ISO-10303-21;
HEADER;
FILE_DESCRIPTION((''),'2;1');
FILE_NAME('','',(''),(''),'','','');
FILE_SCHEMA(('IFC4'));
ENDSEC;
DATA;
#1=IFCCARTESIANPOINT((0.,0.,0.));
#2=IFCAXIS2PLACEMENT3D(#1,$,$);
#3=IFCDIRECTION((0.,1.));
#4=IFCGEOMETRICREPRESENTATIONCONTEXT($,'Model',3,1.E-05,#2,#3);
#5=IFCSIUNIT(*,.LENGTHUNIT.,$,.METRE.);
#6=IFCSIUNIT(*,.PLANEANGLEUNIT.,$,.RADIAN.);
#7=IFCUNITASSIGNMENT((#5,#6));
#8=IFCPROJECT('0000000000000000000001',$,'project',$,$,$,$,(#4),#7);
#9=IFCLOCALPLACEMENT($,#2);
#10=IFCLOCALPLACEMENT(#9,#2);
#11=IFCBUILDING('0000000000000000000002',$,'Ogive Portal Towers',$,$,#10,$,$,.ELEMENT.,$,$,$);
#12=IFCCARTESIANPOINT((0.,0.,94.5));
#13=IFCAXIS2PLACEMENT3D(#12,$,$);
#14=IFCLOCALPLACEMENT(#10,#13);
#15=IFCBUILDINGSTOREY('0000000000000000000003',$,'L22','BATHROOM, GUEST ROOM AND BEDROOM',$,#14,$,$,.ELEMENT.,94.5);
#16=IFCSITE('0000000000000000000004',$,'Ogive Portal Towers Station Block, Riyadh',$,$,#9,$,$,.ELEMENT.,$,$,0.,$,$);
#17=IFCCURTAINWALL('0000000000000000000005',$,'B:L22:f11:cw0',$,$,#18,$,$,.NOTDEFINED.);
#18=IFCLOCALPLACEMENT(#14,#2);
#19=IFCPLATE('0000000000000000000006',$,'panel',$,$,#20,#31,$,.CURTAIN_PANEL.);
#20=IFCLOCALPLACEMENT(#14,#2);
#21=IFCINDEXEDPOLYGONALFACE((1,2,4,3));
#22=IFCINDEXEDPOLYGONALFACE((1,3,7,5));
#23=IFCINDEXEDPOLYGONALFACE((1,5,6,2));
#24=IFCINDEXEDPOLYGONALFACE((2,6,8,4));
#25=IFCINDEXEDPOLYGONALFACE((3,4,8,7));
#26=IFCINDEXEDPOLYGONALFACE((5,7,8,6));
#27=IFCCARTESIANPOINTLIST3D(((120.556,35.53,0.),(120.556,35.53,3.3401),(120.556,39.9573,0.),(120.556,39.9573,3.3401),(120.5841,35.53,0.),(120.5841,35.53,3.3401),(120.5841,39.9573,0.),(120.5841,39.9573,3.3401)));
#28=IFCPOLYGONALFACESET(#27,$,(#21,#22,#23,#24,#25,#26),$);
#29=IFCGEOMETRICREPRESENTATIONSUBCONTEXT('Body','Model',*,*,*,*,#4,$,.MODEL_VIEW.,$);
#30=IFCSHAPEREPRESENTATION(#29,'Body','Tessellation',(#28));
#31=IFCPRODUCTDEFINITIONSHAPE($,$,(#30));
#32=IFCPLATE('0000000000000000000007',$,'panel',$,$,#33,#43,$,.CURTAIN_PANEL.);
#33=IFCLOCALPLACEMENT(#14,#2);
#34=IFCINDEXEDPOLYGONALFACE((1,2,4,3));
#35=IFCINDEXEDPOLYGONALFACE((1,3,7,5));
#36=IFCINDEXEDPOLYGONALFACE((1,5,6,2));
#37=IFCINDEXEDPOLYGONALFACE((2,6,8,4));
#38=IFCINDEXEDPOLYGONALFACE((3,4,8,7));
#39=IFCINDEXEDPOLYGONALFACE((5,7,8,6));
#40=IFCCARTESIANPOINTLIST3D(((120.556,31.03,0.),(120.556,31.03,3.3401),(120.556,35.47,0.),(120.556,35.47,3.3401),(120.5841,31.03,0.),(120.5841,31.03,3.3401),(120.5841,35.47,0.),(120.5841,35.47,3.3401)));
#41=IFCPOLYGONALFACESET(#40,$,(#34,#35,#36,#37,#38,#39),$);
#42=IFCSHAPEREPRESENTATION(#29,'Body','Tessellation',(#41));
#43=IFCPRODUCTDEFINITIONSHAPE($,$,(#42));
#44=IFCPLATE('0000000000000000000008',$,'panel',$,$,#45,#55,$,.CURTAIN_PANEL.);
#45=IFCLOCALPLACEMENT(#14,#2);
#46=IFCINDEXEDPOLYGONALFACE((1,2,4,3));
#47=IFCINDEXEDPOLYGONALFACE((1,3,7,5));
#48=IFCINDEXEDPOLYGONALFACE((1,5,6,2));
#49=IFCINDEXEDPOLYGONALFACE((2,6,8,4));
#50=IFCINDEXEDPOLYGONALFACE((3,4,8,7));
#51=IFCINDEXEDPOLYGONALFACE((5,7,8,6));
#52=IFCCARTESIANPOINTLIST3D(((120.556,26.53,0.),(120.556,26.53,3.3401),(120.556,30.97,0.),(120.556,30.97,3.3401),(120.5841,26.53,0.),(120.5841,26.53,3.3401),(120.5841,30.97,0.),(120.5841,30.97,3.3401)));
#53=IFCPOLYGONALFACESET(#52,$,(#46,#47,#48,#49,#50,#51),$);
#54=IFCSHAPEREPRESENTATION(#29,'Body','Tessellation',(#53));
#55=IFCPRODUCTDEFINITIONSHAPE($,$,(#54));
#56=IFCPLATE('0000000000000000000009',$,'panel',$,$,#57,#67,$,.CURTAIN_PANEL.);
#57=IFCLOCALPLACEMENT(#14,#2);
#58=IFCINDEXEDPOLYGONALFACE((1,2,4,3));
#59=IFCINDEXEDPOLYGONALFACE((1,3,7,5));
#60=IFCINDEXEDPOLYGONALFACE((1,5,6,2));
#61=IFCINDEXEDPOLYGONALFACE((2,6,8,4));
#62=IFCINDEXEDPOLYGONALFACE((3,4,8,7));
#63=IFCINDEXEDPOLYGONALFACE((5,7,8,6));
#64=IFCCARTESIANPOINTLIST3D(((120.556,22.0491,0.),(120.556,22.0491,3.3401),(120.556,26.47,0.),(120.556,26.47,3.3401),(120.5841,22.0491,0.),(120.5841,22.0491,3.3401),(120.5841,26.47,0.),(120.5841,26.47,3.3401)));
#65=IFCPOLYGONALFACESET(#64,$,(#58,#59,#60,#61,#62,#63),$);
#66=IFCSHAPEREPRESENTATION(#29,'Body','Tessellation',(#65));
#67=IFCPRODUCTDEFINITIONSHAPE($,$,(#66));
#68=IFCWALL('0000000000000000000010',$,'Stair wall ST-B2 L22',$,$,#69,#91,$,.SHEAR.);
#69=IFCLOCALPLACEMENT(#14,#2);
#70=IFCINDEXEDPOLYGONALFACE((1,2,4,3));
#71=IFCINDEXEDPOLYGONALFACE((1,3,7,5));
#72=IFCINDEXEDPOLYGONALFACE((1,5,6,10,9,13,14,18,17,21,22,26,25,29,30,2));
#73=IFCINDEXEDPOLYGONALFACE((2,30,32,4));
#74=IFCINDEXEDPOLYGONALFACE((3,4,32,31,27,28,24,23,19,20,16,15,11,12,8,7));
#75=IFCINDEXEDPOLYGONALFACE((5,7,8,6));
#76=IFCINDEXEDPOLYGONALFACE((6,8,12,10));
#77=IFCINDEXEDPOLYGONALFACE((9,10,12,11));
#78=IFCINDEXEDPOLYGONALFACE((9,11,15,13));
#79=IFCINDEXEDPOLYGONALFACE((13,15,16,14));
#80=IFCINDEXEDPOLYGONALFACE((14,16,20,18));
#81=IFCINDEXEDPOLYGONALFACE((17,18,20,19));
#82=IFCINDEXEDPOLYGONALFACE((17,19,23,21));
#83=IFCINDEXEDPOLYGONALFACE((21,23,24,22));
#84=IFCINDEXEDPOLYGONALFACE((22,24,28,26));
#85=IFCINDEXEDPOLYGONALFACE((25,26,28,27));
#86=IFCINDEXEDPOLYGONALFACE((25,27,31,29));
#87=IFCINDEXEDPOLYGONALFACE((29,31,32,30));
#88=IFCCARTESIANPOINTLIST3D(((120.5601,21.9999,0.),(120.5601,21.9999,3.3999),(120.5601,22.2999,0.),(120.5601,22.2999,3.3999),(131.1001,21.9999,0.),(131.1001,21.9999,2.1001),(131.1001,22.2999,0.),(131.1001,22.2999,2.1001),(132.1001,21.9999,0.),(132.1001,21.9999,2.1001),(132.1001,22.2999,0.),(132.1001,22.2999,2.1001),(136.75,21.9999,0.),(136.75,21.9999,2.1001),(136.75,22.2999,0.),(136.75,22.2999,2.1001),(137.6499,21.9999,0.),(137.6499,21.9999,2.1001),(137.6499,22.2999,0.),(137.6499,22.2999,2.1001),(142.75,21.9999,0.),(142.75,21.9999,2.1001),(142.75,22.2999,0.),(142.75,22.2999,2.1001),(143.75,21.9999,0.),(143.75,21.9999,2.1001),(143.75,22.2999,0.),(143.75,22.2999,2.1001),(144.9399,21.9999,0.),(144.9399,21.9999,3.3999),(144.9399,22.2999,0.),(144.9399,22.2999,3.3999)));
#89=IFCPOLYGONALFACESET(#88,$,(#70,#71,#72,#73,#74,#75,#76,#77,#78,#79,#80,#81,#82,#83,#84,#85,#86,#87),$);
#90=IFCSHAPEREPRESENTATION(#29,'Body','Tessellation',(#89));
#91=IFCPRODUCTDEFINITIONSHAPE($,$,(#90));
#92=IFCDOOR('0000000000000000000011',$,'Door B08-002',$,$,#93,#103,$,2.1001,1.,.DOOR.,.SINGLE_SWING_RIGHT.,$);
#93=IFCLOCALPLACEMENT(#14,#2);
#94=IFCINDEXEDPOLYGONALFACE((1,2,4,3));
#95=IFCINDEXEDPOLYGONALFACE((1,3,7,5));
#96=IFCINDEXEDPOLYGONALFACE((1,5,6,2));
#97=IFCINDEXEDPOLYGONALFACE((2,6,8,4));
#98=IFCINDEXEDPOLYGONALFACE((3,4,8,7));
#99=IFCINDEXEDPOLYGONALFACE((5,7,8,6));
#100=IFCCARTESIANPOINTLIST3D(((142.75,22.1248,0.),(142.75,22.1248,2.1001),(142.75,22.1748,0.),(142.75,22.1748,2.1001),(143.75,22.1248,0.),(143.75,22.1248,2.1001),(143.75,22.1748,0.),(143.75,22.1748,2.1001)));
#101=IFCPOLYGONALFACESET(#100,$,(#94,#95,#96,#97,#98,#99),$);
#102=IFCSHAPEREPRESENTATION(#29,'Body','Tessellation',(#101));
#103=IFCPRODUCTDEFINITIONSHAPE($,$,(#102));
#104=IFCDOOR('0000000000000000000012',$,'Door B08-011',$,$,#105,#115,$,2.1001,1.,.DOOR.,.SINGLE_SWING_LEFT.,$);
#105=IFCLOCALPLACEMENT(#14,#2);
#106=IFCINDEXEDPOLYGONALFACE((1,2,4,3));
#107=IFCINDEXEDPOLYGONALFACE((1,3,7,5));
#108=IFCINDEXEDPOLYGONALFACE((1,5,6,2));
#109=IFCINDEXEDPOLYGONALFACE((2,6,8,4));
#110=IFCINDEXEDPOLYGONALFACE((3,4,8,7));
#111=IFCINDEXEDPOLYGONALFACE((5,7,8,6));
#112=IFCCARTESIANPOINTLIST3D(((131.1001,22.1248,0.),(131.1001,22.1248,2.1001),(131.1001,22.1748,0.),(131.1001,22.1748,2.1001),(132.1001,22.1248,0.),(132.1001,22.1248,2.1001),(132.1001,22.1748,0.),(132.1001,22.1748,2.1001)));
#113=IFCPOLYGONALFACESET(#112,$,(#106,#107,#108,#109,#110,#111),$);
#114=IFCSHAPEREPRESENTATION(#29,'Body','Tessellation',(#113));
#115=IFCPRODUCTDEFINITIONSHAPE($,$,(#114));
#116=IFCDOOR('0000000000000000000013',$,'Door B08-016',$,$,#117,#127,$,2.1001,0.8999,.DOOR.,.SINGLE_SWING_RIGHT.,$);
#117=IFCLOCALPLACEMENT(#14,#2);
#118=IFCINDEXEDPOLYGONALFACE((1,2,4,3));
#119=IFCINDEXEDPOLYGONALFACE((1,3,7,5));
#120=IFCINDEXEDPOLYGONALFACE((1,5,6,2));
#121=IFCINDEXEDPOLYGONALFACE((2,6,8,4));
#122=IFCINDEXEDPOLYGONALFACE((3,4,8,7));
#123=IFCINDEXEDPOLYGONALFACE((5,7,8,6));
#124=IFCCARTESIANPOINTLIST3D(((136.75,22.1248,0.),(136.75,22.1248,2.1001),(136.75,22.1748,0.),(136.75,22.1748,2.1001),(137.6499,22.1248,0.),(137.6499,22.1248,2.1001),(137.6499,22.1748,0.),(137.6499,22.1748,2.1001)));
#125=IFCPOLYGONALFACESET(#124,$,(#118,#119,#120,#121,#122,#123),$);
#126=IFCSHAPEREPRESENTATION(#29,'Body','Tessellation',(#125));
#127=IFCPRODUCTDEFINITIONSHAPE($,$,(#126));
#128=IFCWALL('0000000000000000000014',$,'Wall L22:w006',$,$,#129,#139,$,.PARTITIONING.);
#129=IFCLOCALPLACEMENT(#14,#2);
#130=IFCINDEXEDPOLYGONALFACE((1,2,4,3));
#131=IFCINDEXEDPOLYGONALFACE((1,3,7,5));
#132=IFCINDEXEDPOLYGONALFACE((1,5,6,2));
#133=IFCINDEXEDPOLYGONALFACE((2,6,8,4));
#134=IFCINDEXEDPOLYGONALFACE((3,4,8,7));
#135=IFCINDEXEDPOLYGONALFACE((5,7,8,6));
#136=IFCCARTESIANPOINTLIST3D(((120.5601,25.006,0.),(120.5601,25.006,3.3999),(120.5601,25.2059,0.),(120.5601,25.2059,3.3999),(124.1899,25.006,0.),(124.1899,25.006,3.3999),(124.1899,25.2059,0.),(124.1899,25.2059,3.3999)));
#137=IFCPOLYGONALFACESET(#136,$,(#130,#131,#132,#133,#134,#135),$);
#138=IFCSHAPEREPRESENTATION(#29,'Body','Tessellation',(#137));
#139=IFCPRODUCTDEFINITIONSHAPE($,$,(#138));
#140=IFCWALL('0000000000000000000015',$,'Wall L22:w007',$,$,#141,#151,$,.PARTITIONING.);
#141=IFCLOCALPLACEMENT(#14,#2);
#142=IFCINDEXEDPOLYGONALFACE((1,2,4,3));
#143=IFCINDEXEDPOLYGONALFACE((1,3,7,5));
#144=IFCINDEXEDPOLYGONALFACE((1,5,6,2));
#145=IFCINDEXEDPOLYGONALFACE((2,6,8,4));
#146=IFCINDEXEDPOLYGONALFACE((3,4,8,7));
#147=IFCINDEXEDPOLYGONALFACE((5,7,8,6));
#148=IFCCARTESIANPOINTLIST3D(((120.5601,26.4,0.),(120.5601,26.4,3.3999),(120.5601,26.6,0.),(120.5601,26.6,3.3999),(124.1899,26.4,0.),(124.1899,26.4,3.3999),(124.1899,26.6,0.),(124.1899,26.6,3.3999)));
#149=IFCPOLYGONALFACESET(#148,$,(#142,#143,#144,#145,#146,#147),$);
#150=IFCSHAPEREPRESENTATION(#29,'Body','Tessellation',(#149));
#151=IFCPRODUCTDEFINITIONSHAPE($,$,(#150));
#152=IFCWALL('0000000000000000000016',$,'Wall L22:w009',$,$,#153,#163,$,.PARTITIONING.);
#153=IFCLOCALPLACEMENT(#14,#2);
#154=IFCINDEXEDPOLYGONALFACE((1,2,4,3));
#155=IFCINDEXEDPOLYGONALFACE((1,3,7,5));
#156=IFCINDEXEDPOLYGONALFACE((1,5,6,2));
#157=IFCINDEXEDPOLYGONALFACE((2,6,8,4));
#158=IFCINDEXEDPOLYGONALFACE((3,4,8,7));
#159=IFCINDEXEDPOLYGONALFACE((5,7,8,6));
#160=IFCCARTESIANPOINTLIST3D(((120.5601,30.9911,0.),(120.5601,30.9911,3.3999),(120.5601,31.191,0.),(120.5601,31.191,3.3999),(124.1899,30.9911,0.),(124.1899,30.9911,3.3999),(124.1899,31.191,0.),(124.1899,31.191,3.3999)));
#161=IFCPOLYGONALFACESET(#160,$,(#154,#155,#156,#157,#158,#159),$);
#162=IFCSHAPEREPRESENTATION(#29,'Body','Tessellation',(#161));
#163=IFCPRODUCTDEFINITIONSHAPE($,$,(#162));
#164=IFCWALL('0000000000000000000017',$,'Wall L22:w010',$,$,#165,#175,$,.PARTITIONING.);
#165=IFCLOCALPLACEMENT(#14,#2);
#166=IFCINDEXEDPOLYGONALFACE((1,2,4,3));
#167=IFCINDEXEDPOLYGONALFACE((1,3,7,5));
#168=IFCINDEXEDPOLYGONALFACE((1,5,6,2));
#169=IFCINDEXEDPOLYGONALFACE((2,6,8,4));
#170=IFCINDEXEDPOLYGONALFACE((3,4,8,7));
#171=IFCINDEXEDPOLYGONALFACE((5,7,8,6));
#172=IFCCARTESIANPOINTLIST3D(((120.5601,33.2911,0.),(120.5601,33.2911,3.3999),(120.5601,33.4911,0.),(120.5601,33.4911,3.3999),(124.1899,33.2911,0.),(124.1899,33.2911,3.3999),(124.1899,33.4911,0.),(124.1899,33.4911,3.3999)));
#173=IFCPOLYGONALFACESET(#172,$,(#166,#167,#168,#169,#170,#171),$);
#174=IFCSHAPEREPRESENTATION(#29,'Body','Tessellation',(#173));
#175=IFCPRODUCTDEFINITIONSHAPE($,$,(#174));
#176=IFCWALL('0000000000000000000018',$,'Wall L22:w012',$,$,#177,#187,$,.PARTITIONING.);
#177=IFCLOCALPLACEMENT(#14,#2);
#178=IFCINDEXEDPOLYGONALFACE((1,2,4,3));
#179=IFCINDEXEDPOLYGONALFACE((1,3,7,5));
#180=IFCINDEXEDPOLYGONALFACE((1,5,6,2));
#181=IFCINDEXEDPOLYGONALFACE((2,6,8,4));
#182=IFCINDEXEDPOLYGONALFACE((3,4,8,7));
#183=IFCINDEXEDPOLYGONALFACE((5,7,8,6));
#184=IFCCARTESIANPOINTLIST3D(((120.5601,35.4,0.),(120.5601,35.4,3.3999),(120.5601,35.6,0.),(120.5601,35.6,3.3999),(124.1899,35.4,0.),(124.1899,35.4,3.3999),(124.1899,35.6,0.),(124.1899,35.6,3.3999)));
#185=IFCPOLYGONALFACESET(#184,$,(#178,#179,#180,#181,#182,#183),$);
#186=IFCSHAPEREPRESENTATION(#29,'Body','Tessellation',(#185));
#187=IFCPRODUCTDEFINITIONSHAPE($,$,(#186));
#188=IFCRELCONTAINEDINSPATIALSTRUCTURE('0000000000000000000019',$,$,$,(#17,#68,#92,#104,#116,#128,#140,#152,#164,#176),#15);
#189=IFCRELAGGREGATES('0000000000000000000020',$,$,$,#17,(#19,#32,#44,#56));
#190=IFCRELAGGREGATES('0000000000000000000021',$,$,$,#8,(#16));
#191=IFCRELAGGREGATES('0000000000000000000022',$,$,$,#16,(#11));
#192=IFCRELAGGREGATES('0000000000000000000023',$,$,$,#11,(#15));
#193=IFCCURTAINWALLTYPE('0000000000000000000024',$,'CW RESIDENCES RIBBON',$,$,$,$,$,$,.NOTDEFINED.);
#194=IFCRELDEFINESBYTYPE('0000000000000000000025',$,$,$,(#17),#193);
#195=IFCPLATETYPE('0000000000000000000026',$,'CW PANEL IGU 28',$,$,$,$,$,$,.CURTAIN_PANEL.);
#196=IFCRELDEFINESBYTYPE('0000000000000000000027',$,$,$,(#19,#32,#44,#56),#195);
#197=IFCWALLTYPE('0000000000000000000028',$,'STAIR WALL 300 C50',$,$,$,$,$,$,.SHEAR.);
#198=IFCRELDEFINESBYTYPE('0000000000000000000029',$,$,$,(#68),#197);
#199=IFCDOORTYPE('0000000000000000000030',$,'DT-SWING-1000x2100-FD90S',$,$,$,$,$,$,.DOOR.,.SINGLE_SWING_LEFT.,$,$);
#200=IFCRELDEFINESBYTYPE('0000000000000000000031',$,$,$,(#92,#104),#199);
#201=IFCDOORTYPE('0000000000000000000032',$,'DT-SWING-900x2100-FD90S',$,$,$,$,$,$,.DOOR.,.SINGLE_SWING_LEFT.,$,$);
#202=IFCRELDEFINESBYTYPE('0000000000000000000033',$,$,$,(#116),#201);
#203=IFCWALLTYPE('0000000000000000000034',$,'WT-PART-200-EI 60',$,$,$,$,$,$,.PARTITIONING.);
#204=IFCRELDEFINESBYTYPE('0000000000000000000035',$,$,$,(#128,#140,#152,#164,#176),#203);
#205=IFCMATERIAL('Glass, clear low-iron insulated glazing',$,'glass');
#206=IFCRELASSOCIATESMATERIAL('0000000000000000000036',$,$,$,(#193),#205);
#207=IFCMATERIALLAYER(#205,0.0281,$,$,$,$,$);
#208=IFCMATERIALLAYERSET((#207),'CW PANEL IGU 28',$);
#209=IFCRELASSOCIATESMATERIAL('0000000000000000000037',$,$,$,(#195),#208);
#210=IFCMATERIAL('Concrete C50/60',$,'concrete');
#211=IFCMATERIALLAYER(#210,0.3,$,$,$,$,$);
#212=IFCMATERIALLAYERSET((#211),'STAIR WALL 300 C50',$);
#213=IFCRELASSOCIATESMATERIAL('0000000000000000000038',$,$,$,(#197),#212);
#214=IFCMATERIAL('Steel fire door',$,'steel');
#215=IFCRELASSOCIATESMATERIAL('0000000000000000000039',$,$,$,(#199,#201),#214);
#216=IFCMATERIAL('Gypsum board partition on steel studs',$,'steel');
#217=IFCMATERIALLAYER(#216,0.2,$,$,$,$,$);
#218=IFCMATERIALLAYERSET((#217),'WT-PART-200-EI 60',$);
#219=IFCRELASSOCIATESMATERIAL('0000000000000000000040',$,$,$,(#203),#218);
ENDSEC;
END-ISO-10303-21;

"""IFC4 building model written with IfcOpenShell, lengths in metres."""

from ifc_helpers import new_model, si_unit, direction, frame, frame_2d, origin, origin_2d, place, context, subcontext, project, spatial, rectangle, extrude, material, layer, layer_set, type_object, element, fill, aggregate, save


model = new_model("IFC4")

# Units and contexts
model_context = context("Model", 3, precision=1e-05, world=origin(), true_north=direction((0.0, 1.0)))
body_context = subcontext(model_context, "Body", "Model", "MODEL_VIEW")
ifc_project = project(units=[si_unit("LENGTHUNIT", "METRE"), si_unit("PLANEANGLEUNIT", "RADIAN")], contexts=[model_context])

# Site, building, storey
site_placement = place(None, origin())
site = spatial("IfcSite", under=ifc_project, at=site_placement, Name="Ogive Portal Towers Station Block, Riyadh", CompositionType="ELEMENT", RefElevation=0.0)
building_placement = place(site_placement, origin())
building = spatial("IfcBuilding", under=site, at=building_placement, Name="Ogive Portal Towers", CompositionType="ELEMENT")
storey_placement = place(building_placement, frame((0.0, 0.0, 94.5)))
storey = spatial("IfcBuildingStorey", under=building, at=storey_placement, Name="L22", Description="BATHROOM, GUEST ROOM AND BEDROOM", CompositionType="ELEMENT", Elevation=94.5)

# Shared definitions
ifc_material_1 = material(Name="Glass, clear low-iron insulated glazing", Category="glass")

# Curtain wall
curtain_wall_type_1 = type_object("IfcCurtainWallType", Name="CW RESIDENCES RIBBON", PredefinedType="NOTDEFINED", material=ifc_material_1)
curtain_wall_1_placement = place(storey_placement, origin())
curtain_wall_1 = element("IfcCurtainWall", 1, at=curtain_wall_1_placement, inside=storey, type_object=curtain_wall_type_1, Name="B:L22:f11:cw0", PredefinedType="NOTDEFINED")

# Shared definitions
ifc_layer_1 = layer(ifc_material_1, 0.0281)
ifc_layer_set_1 = layer_set([ifc_layer_1], Name="CW PANEL IGU 28")
plate_type = type_object("IfcPlateType", Name="CW PANEL IGU 28", PredefinedType="CURTAIN_PANEL", material=ifc_layer_set_1)

# Plates
plate_1_placement = place(storey_placement, frame((120.5701, 37.7437, 0.0), z_axis=(0.0, 0.0, 1.0), x_axis=(0.0, -1.0, 0.0)))
plate_1 = element("IfcPlate", 2, at=plate_1_placement, type_object=plate_type, Name="panel", PredefinedType="CURTAIN_PANEL", context=body_context, shape_type="SweptSolid", body=[
    extrude(rectangle(XDim=4.4272, YDim=0.0281, at=origin_2d()), origin(), (0.0, 0.0, 1.0), 3.3401),
])
plate_2_placement = place(storey_placement, frame((120.5701, 33.25, 0.0), z_axis=(0.0, 0.0, 1.0), x_axis=(0.0, -1.0, 0.0)))
plate_2 = element("IfcPlate", 3, at=plate_2_placement, type_object=plate_type, Name="panel", PredefinedType="CURTAIN_PANEL", context=body_context, shape_type="SweptSolid", body=[
    extrude(rectangle(XDim=4.4399, YDim=0.0281, at=origin_2d()), origin(), (0.0, 0.0, 1.0), 3.3401),
])
plate_3_placement = place(storey_placement, frame((120.5701, 28.75, 0.0), z_axis=(0.0, 0.0, 1.0), x_axis=(0.0, -1.0, 0.0)))
plate_3 = element("IfcPlate", 4, at=plate_3_placement, type_object=plate_type, Name="panel", PredefinedType="CURTAIN_PANEL", context=body_context, shape_type="SweptSolid", body=[
    extrude(rectangle(XDim=4.4399, YDim=0.0281, at=origin_2d()), origin(), (0.0, 0.0, 1.0), 3.3401),
])
plate_4_placement = place(storey_placement, frame((120.5701, 24.2595, 0.0), z_axis=(0.0, 0.0, 1.0), x_axis=(0.0, -1.0, 0.0)))
plate_4 = element("IfcPlate", 5, at=plate_4_placement, type_object=plate_type, Name="panel", PredefinedType="CURTAIN_PANEL", context=body_context, shape_type="SweptSolid", body=[
    extrude(rectangle(XDim=4.4209, YDim=0.0281, at=origin_2d()), origin(), (0.0, 0.0, 1.0), 3.3401),
])
aggregate(curtain_wall_1, [plate_1, plate_2, plate_3, plate_4])

# Wall, openings, doors
ifc_material_2 = material(Name="Concrete C50/60", Category="concrete")
ifc_layer_2 = layer(ifc_material_2, 0.3)
ifc_layer_set_2 = layer_set([ifc_layer_2], Name="STAIR WALL 300 C50")
wall_type_1 = type_object("IfcWallType", Name="STAIR WALL 300 C50", PredefinedType="SHEAR", material=ifc_layer_set_2)
wall_1_placement = place(storey_placement, frame((120.5601, 22.1499, 0.0), z_axis=(0.0, 0.0, 1.0), x_axis=(1.0, 0.0, 0.0)))
wall_1 = element("IfcWall", 6, at=wall_1_placement, inside=storey, type_object=wall_type_1, Name="Stair wall ST-B2 L22", PredefinedType="SHEAR", context=body_context, shape_type="SweptSolid", body=[
    extrude(rectangle(XDim=24.3799, YDim=0.3, at=frame_2d((12.1899, 0.0))), origin(), (0.0, 0.0, 1.0), 3.3999),
])
opening_1_placement = place(wall_1_placement, frame((22.1899, 0.0, 0.0)))
opening_1 = element("IfcOpeningElement", 7, at=opening_1_placement, cuts=wall_1, PredefinedType="OPENING", context=body_context, shape_type="SweptSolid", body=[
    extrude(rectangle(XDim=1.0, YDim=2.1001, at=frame_2d((0.5, 1.05))), frame((0.0, 0.1602, 0.0), z_axis=(0.0, -1.0, 0.0), x_axis=(1.0, 0.0, 0.0)), (0.0, 0.0, 1.0), 0.3201),
])
opening_2_placement = place(wall_1_placement, frame((10.54, 0.0, 0.0)))
opening_2 = element("IfcOpeningElement", 8, at=opening_2_placement, cuts=wall_1, PredefinedType="OPENING", context=body_context, shape_type="SweptSolid", body=[
    extrude(rectangle(XDim=1.0, YDim=2.1001, at=frame_2d((0.5, 1.05))), frame((0.0, 0.1602, 0.0), z_axis=(0.0, -1.0, 0.0), x_axis=(1.0, 0.0, 0.0)), (0.0, 0.0, 1.0), 0.3201),
])
opening_3_placement = place(wall_1_placement, frame((16.1899, 0.0, 0.0)))
opening_3 = element("IfcOpeningElement", 9, at=opening_3_placement, cuts=wall_1, PredefinedType="OPENING", context=body_context, shape_type="SweptSolid", body=[
    extrude(rectangle(XDim=0.8999, YDim=2.1001, at=frame_2d((0.45, 1.05))), frame((0.0, 0.1602, 0.0), z_axis=(0.0, -1.0, 0.0), x_axis=(1.0, 0.0, 0.0)), (0.0, 0.0, 1.0), 0.3201),
])
ifc_material_3 = material(Name="Steel fire door", Category="steel")
door_type_1 = type_object("IfcDoorType", Name="DT-SWING-1000x2100-FD90S", OperationType="SINGLE_SWING_LEFT", PredefinedType="DOOR", material=ifc_material_3)
door_1_placement = place(opening_1_placement, origin())
door_1 = element("IfcDoor", 10, at=door_1_placement, inside=storey, type_object=door_type_1, Name="Door B08-002", OperationType="SINGLE_SWING_RIGHT", OverallHeight=2.1001, OverallWidth=1.0, PredefinedType="DOOR", context=body_context, shape_type="SweptSolid", body=[
    extrude(rectangle(XDim=1.0, YDim=2.1001, at=frame_2d((0.5, 1.05))), frame((0.0, 0.0249, 0.0), z_axis=(0.0, -1.0, 0.0), x_axis=(1.0, 0.0, 0.0)), (0.0, 0.0, 1.0), 0.05),
])
fill(opening_1, door_1)
door_2_placement = place(opening_2_placement, origin())
door_2 = element("IfcDoor", 11, at=door_2_placement, inside=storey, type_object=door_type_1, Name="Door B08-011", OperationType="SINGLE_SWING_LEFT", OverallHeight=2.1001, OverallWidth=1.0, PredefinedType="DOOR", context=body_context, shape_type="SweptSolid", body=[
    extrude(rectangle(XDim=1.0, YDim=2.1001, at=frame_2d((0.5, 1.05))), frame((0.0, 0.0249, 0.0), z_axis=(0.0, -1.0, 0.0), x_axis=(1.0, 0.0, 0.0)), (0.0, 0.0, 1.0), 0.05),
])
fill(opening_2, door_2)
door_type_2 = type_object("IfcDoorType", Name="DT-SWING-900x2100-FD90S", OperationType="SINGLE_SWING_LEFT", PredefinedType="DOOR", material=ifc_material_3)
door_3_placement = place(opening_3_placement, origin())
door_3 = element("IfcDoor", 12, at=door_3_placement, inside=storey, type_object=door_type_2, Name="Door B08-016", OperationType="SINGLE_SWING_RIGHT", OverallHeight=2.1001, OverallWidth=0.8999, PredefinedType="DOOR", context=body_context, shape_type="SweptSolid", body=[
    extrude(rectangle(XDim=0.8999, YDim=2.1001, at=frame_2d((0.45, 1.05))), frame((0.0, 0.0249, 0.0), z_axis=(0.0, -1.0, 0.0), x_axis=(1.0, 0.0, 0.0)), (0.0, 0.0, 1.0), 0.05),
])
fill(opening_3, door_3)

# Walls
ifc_material_4 = material(Name="Gypsum board partition on steel studs", Category="steel")
ifc_layer_3 = layer(ifc_material_4, 0.2)
ifc_layer_set_3 = layer_set([ifc_layer_3], Name="WT-PART-200-EI 60")
wall_type_2 = type_object("IfcWallType", Name="WT-PART-200-EI 60", PredefinedType="PARTITIONING", material=ifc_layer_set_3)
for number, where, z_axis, x_axis, name in (
    (13, (120.5601, 25.106, 0.0), (0.0, 0.0, 1.0), (1.0, 0.0, 0.0), "Wall L22:w006"),
    (14, (120.5601, 26.5, 0.0), (0.0, 0.0, 1.0), (1.0, 0.0, 0.0), "Wall L22:w007"),
    (15, (120.5601, 31.0911, 0.0), (0.0, 0.0, 1.0), (1.0, 0.0, 0.0), "Wall L22:w009"),
    (16, (120.5601, 33.3911, 0.0), (0.0, 0.0, 1.0), (1.0, 0.0, 0.0), "Wall L22:w010"),
    (17, (120.5601, 35.5, 0.0), (0.0, 0.0, 1.0), (1.0, 0.0, 0.0), "Wall L22:w012"),
):
    element("IfcWall", number, at=place(storey_placement, frame(where, z_axis=z_axis, x_axis=x_axis)), inside=storey, type_object=wall_type_2, Name=name, PredefinedType="PARTITIONING", context=body_context, shape_type="SweptSolid", body=[
        extrude(rectangle(XDim=3.6299, YDim=0.2, at=frame_2d((1.8149, 0.0))), origin(), (0.0, 0.0, 1.0), 3.3999),
    ])

save(model, "model.ifc")
